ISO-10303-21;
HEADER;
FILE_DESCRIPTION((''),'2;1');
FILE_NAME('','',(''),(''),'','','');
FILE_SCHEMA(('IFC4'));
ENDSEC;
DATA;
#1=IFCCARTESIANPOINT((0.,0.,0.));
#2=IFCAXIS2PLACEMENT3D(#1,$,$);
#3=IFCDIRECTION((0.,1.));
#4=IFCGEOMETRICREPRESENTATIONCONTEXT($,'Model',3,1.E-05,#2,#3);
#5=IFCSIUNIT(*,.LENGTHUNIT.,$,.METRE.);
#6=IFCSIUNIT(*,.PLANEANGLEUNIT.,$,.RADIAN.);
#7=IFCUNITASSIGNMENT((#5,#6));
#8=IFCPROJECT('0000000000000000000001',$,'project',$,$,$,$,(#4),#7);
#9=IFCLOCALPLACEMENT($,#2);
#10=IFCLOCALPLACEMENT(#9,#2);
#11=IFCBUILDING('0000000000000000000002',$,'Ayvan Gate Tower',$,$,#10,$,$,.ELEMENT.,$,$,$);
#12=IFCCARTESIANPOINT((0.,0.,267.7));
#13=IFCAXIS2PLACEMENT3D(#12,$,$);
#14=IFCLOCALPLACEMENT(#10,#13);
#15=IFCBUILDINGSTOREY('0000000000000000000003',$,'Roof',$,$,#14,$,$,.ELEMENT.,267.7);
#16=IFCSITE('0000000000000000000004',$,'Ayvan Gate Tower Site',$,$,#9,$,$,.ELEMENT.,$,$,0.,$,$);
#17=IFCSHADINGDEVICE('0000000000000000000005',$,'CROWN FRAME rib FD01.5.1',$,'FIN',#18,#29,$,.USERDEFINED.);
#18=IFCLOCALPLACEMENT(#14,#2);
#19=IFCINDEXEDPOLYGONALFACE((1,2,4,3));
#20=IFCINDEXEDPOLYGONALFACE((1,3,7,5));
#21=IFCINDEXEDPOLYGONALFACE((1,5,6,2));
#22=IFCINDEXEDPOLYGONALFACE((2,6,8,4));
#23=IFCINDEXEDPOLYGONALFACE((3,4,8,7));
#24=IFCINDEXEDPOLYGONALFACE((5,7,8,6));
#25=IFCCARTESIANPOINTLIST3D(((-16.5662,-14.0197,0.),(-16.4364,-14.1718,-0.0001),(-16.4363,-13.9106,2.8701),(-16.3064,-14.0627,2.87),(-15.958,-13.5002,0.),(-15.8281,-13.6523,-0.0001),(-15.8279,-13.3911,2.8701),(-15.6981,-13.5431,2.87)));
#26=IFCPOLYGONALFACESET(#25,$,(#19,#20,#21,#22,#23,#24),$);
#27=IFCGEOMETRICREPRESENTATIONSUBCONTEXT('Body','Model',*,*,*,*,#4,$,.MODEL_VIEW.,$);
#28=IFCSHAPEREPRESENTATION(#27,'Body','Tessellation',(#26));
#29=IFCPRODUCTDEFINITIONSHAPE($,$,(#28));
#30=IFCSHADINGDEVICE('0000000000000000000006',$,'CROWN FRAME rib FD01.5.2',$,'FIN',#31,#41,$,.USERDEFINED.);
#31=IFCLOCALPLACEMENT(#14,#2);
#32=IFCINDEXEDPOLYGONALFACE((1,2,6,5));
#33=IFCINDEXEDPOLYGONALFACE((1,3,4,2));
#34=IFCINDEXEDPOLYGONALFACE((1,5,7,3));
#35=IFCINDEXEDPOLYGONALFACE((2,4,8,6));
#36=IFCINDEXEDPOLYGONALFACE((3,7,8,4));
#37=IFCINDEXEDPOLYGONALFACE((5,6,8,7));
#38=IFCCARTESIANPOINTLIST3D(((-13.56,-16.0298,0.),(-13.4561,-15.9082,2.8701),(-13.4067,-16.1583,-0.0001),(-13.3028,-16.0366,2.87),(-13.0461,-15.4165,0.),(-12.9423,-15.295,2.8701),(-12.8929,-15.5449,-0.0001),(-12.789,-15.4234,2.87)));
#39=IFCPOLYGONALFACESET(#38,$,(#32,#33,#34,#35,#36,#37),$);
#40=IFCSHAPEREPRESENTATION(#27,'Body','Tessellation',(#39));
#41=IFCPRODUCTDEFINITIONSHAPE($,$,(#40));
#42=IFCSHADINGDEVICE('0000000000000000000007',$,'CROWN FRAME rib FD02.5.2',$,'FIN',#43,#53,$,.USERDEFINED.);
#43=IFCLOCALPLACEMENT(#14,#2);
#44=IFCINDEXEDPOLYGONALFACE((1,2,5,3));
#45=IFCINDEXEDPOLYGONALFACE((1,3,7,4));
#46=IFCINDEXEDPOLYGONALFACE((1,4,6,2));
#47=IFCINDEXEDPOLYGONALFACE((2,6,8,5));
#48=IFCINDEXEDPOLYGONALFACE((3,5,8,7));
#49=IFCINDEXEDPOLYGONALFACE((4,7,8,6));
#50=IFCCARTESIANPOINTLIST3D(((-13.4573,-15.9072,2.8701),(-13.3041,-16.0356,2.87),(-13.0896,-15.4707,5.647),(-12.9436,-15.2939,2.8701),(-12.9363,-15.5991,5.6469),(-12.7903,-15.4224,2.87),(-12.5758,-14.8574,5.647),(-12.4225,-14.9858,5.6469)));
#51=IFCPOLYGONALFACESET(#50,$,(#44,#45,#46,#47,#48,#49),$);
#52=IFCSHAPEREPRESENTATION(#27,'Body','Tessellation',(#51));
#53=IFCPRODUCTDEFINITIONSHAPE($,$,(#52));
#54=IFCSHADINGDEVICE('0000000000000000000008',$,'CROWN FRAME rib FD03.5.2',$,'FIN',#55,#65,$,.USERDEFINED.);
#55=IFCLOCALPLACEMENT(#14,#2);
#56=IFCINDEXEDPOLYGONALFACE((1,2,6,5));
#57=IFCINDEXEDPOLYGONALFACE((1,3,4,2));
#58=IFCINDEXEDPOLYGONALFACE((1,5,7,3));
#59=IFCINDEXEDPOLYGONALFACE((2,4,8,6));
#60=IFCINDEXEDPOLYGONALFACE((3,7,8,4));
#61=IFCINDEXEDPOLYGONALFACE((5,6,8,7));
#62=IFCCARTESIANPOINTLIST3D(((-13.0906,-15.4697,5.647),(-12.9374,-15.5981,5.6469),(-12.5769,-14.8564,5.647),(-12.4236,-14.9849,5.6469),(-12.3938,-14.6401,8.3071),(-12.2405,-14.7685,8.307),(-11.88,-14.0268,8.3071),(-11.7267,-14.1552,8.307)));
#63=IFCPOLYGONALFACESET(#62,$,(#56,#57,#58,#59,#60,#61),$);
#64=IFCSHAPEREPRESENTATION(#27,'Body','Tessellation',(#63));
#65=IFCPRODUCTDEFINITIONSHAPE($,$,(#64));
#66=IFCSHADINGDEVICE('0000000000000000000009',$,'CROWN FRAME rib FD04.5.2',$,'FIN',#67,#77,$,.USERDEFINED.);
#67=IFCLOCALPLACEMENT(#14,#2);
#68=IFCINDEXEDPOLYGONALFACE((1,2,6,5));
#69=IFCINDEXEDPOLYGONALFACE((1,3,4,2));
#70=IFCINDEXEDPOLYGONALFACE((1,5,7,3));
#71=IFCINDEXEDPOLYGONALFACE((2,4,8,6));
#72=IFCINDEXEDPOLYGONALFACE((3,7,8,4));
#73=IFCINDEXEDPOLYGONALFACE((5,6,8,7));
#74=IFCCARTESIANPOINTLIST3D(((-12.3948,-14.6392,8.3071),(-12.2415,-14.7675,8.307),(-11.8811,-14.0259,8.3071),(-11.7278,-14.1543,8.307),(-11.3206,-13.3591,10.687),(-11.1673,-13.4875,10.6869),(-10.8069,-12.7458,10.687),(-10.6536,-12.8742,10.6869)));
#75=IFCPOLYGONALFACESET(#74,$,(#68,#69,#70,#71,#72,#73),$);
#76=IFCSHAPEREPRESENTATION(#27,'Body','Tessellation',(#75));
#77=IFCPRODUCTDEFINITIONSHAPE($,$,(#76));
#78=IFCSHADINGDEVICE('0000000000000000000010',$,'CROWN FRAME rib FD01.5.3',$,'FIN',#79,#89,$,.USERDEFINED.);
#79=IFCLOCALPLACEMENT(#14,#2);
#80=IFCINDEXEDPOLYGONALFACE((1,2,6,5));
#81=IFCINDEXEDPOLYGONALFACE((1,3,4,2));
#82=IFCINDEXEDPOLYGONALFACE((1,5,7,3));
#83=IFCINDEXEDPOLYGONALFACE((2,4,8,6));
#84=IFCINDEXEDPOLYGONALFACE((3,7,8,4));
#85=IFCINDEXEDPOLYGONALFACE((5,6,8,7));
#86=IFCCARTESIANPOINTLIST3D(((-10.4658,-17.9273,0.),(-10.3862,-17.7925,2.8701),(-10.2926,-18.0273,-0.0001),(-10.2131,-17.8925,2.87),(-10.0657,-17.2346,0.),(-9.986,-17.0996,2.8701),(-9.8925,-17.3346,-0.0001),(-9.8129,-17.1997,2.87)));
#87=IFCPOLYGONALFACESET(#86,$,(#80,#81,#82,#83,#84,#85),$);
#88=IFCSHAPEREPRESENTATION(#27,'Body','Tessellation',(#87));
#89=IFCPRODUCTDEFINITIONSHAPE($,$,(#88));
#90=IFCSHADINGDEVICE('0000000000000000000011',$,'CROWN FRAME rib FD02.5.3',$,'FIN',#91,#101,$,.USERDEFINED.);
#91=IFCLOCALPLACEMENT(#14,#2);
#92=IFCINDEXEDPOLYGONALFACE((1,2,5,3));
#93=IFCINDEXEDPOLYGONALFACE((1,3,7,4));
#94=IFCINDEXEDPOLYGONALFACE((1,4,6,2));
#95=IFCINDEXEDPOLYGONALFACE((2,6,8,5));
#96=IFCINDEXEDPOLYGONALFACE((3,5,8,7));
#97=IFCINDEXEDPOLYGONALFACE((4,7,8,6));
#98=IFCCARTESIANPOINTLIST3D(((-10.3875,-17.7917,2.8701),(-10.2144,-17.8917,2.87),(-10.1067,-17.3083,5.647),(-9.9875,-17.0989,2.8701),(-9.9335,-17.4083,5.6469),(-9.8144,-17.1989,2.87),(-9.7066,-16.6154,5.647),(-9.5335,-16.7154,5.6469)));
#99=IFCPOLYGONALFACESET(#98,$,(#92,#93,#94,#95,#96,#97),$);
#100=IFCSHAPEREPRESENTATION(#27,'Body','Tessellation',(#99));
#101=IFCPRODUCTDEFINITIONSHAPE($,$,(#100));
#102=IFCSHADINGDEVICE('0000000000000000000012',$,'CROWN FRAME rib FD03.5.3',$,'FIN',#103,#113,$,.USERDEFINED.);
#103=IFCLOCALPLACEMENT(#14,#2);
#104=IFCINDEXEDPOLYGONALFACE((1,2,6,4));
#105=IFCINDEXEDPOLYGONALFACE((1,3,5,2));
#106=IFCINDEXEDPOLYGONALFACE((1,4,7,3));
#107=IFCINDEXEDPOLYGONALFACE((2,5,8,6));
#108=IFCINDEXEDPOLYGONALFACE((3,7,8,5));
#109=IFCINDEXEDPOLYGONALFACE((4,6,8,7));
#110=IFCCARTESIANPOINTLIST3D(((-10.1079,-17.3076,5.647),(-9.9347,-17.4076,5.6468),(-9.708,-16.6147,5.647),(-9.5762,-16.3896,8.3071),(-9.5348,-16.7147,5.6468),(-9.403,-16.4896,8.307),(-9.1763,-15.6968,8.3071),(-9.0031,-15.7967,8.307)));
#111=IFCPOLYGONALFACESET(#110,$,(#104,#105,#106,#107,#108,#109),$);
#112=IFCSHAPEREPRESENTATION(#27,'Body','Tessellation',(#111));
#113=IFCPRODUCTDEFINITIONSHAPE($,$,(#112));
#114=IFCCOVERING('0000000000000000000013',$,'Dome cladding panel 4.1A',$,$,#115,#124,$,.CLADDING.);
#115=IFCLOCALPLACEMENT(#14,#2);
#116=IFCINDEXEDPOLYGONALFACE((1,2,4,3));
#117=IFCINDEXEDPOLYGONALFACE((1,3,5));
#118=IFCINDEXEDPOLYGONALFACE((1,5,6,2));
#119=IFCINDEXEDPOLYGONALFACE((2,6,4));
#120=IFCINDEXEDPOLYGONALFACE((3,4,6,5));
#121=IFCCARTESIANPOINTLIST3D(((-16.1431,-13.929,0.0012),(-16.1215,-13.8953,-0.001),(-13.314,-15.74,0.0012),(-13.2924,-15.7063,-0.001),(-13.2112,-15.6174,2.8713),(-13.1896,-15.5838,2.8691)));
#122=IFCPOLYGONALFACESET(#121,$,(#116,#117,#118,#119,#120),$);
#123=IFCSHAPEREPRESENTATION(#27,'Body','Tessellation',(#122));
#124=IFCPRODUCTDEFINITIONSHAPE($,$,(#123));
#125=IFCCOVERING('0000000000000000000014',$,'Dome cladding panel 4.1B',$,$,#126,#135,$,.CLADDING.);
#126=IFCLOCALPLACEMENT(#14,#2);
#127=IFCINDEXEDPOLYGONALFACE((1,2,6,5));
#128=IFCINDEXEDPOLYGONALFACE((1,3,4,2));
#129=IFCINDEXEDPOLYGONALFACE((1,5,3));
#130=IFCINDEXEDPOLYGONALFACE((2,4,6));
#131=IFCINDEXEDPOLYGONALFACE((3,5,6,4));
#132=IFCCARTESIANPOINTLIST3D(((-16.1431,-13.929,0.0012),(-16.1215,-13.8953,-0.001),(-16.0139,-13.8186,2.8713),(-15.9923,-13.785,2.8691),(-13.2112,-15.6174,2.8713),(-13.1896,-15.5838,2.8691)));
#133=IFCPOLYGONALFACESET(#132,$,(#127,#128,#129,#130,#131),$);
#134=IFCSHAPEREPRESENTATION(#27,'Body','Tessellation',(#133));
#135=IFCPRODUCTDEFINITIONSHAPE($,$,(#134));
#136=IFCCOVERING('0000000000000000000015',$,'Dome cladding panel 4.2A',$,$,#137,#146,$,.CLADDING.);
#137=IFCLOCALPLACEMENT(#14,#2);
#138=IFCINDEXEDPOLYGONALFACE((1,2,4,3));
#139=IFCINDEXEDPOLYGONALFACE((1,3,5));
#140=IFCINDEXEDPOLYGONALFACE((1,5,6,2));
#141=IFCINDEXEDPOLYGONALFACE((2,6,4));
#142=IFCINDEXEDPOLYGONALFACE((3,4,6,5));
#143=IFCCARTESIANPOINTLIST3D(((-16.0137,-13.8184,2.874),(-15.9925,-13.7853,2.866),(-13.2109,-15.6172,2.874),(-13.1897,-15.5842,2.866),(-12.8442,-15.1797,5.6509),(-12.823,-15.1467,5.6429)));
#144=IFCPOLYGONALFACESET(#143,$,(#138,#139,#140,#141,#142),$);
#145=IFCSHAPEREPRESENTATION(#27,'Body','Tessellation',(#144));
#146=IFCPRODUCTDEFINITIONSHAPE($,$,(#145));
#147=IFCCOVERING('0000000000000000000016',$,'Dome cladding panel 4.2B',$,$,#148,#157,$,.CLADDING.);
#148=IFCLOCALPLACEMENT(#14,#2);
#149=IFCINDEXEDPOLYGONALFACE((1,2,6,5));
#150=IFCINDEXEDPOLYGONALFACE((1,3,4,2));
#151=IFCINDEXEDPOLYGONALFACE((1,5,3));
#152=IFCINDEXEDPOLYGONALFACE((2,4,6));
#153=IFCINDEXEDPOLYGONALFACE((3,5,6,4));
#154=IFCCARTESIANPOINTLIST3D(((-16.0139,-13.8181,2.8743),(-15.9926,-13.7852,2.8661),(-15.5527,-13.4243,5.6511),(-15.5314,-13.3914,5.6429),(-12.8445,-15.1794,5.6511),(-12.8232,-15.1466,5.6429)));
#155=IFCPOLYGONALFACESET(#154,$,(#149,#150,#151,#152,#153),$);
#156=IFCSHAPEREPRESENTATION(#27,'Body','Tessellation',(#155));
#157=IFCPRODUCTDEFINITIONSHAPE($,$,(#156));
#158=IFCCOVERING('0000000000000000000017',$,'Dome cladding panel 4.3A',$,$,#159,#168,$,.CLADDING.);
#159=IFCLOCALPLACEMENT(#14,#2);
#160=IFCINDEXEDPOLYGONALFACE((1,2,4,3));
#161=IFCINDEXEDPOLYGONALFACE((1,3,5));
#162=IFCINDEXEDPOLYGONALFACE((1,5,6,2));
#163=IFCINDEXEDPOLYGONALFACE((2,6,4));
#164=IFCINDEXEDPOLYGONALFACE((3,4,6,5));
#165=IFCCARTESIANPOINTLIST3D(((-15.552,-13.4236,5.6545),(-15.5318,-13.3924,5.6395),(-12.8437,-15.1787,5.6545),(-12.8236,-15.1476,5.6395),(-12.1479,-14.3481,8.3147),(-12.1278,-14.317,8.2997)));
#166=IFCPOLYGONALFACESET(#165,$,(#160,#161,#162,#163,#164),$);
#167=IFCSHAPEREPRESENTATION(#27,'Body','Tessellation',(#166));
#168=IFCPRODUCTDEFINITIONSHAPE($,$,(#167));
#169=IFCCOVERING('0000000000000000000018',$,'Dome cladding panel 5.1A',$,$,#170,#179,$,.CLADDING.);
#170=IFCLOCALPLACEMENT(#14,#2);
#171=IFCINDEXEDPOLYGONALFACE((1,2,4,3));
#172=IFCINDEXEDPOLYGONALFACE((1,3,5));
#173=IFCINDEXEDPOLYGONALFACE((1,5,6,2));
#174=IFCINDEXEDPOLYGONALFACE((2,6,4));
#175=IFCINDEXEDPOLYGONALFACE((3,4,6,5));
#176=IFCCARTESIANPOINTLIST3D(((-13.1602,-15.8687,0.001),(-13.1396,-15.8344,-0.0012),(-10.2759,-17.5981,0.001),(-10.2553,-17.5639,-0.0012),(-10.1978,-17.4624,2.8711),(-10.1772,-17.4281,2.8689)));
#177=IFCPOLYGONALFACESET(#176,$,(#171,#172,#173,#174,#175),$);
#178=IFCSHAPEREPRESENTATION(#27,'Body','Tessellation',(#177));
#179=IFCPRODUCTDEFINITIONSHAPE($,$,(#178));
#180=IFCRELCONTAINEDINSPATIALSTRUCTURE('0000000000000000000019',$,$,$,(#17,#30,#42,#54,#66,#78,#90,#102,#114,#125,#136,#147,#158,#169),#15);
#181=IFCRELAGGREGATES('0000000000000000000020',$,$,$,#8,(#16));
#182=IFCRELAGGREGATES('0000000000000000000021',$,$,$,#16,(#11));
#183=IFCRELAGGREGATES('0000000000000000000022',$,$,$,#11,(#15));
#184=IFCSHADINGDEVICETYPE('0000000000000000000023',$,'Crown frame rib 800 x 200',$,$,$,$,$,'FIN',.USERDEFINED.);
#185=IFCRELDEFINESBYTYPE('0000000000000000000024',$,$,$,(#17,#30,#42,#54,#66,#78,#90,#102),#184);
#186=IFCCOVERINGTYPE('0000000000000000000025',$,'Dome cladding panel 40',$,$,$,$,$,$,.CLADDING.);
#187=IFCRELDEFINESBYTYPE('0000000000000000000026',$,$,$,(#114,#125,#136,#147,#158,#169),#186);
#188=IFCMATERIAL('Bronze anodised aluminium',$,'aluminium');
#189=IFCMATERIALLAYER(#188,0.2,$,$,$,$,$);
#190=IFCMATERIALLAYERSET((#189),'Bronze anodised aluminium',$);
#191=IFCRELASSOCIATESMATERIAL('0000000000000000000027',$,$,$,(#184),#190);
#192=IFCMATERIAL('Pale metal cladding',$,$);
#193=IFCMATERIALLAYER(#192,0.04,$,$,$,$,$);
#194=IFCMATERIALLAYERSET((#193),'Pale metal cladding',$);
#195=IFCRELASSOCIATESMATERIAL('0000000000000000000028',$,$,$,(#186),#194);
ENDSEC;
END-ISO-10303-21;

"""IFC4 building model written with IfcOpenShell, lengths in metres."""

from ifc_helpers import new_model, si_unit, direction, frame, origin, place, context, subcontext, project, spatial, polyline, outline, extrude, material, layer, layer_set, type_object, element, save


model = new_model("IFC4")

# Units and contexts
model_context = context("Model", 3, precision=1e-05, world=origin(), true_north=direction((0.0, 1.0)))
body_context = subcontext(model_context, "Body", "Model", "MODEL_VIEW")
ifc_project = project(units=[si_unit("LENGTHUNIT", "METRE"), si_unit("PLANEANGLEUNIT", "RADIAN")], contexts=[model_context])

# Site, building, storey
site_placement = place(None, origin())
site = spatial("IfcSite", under=ifc_project, at=site_placement, Name="Ayvan Gate Tower Site", CompositionType="ELEMENT", RefElevation=0.0)
building_placement = place(site_placement, origin())
building = spatial("IfcBuilding", under=site, at=building_placement, Name="Ayvan Gate Tower", CompositionType="ELEMENT")
storey_placement = place(building_placement, frame((0.0, 0.0, 267.7)))
storey = spatial("IfcBuildingStorey", under=building, at=storey_placement, Name="Roof", CompositionType="ELEMENT", Elevation=267.7)

# Shading devices
ifc_material_1 = material(Name="Bronze anodised aluminium", Category="aluminium")
ifc_layer_1 = layer(ifc_material_1, 0.2)
ifc_layer_set_1 = layer_set([ifc_layer_1], Name="Bronze anodised aluminium")
shading_device_type = type_object("IfcShadingDeviceType", Name="Crown frame rib 800 x 200", ElementType="FIN", PredefinedType="USERDEFINED", material=ifc_layer_set_1)
shading_device_1_placement = place(storey_placement, frame((-15.958, -13.5002, 0.0), z_axis=(-0.649458, 0.760397, 0.000505), x_axis=(-0.760397, -0.649458, 0.0)))
element("IfcShadingDevice", 1, at=shading_device_1_placement, inside=storey, type_object=shading_device_type, Name="CROWN FRAME rib FD01.5.1", ObjectType="FIN", PredefinedType="USERDEFINED", context=body_context, shape_type="SweptSolid", body=[
    extrude(outline(polyline([(0.0, 0.0), (0.7999, 0.0), (0.6302, 2.8701), (-0.1698, 2.8701), (0.0, 0.0)])), origin(), (0.0, 0.0, -1.0), 0.2),
])
shading_device_2_placement = place(storey_placement, frame((-13.0461, -15.4165, 0.0), z_axis=(-0.766543, 0.642193, 0.00054), x_axis=(-0.642193, -0.766543, 0.0)))
element("IfcShadingDevice", 2, at=shading_device_2_placement, inside=storey, type_object=shading_device_type, Name="CROWN FRAME rib FD01.5.2", ObjectType="FIN", PredefinedType="USERDEFINED", context=body_context, shape_type="SweptSolid", body=[
    extrude(outline(polyline([(0.0, 0.0), (0.8001, 0.0), (0.6402, 2.8701), (-0.1598, 2.8701), (0.0, 0.0)])), origin(), (0.0, 0.0, -1.0), 0.2),
])
shading_device_3_placement = place(storey_placement, frame((-12.9436, -15.2939, 2.8701), z_axis=(-0.766543, 0.642193, 0.000576), x_axis=(-0.642193, -0.766543, 0.0)))
element("IfcShadingDevice", 3, at=shading_device_3_placement, inside=storey, type_object=shading_device_type, Name="CROWN FRAME rib FD02.5.2", ObjectType="FIN", PredefinedType="USERDEFINED", context=body_context, shape_type="SweptSolid", body=[
    extrude(outline(polyline([(0.0, 0.0), (0.8, 0.0), (0.2293, 2.7769), (-0.5709, 2.7769), (0.0, 0.0)])), origin(), (0.0, 0.0, -1.0), 0.2),
])
shading_device_4_placement = place(storey_placement, frame((-12.5769, -14.8564, 5.647), z_axis=(-0.766543, 0.642193, 0.000544), x_axis=(-0.642193, -0.766543, 0.0)))
element("IfcShadingDevice", 4, at=shading_device_4_placement, inside=storey, type_object=shading_device_type, Name="CROWN FRAME rib FD03.5.2", ObjectType="FIN", PredefinedType="USERDEFINED", context=body_context, shape_type="SweptSolid", body=[
    extrude(outline(polyline([(0.0, 0.0), (0.8, 0.0), (-0.2834, 2.6602), (-1.0835, 2.6602), (0.0, 0.0)])), origin(), (0.0, 0.0, -1.0), 0.2),
])
shading_device_5_placement = place(storey_placement, frame((-11.8811, -14.0259, 8.3071), z_axis=(-0.766618, 0.642103, 0.000674), x_axis=(-0.642104, -0.766618, 0.0)))
element("IfcShadingDevice", 5, at=shading_device_5_placement, inside=storey, type_object=shading_device_type, Name="CROWN FRAME rib FD04.5.2", ObjectType="FIN", PredefinedType="USERDEFINED", context=body_context, shape_type="SweptSolid", body=[
    extrude(outline(polyline([(0.0, 0.0), (0.8, 0.0), (-0.8711, 2.3799), (-1.6711, 2.3799), (0.0, 0.0)])), origin(), (0.0, 0.0, -1.0), 0.2),
])
shading_device_6_placement = place(storey_placement, frame((-10.0657, -17.2346, 0.0), z_axis=(-0.865924, 0.500176, 0.000506), x_axis=(-0.500176, -0.865924, 0.0)))
element("IfcShadingDevice", 6, at=shading_device_6_placement, inside=storey, type_object=shading_device_type, Name="CROWN FRAME rib FD01.5.3", ObjectType="FIN", PredefinedType="USERDEFINED", context=body_context, shape_type="SweptSolid", body=[
    extrude(outline(polyline([(0.0, 0.0), (0.7999, 0.0), (0.6434, 2.8701), (-0.1567, 2.8701), (0.0, 0.0)])), origin(), (0.0, 0.0, -1.0), 0.2),
])
shading_device_7_placement = place(storey_placement, frame((-9.9875, -17.0989, 2.8701), z_axis=(-0.866028, 0.499995, 0.00056), x_axis=(-0.499995, -0.866028, 0.0)))
element("IfcShadingDevice", 7, at=shading_device_7_placement, inside=storey, type_object=shading_device_type, Name="CROWN FRAME rib FD02.5.3", ObjectType="FIN", PredefinedType="USERDEFINED", context=body_context, shape_type="SweptSolid", body=[
    extrude(outline(polyline([(0.0, 0.0), (0.8, 0.0), (0.241, 2.7769), (-0.5591, 2.7769), (0.0, 0.0)])), origin(), (0.0, 0.0, -1.0), 0.2),
])
shading_device_8_placement = place(storey_placement, frame((-9.708, -16.6147, 5.647), z_axis=(-0.866094, 0.499881, 0.000624), x_axis=(-0.499881, -0.866094, 0.0)))
element("IfcShadingDevice", 8, at=shading_device_8_placement, inside=storey, type_object=shading_device_type, Name="CROWN FRAME rib FD03.5.3", ObjectType="FIN", PredefinedType="USERDEFINED", context=body_context, shape_type="SweptSolid", body=[
    extrude(outline(polyline([(0.0, 0.0), (0.8, 0.0), (-0.2609, 2.6602), (-1.0609, 2.6602), (0.0, 0.0)])), origin(), (0.0, 0.0, -1.0), 0.2),
])

# Coverings
ifc_material_2 = material(Name="Pale metal cladding")
ifc_layer_2 = layer(ifc_material_2, 0.04)
ifc_layer_set_2 = layer_set([ifc_layer_2], Name="Pale metal cladding")
covering_type = type_object("IfcCoveringType", Name="Dome cladding panel 40", PredefinedType="CLADDING", material=ifc_layer_set_2)
covering_1_placement = place(storey_placement, frame((-16.1431, -13.929, 0.0012), z_axis=(-0.538319, -0.840932, 0.055187), x_axis=(0.842216, -0.53914, 0.0)))
element("IfcCovering", 9, at=covering_1_placement, inside=storey, type_object=covering_type, Name="Dome cladding panel 4.1A", PredefinedType="CLADDING", context=body_context, shape_type="SweptSolid", body=[
    extrude(outline(polyline([(0.0, 0.0), (3.3591, 0.0), (3.3796, 2.8745), (0.0, 0.0)])), origin(), (0.0, 0.0, -1.0), 0.04),
])
covering_2_placement = place(storey_placement, frame((-16.1431, -13.929, 0.0012), z_axis=(-0.53927, -0.840231, 0.056572), x_axis=(0.660823, -0.380569, 0.646901)))
element("IfcCovering", 10, at=covering_2_placement, inside=storey, type_object=covering_type, Name="Dome cladding panel 4.1B", PredefinedType="CLADDING", context=body_context, shape_type="SweptSolid", body=[
    extrude(outline(polyline([(0.0, 0.0), (4.4367, 0.0), (1.9, 2.1578), (0.0, 0.0)])), origin(), (0.0, 0.0, -1.0), 0.04),
])
covering_3_placement = place(storey_placement, frame((-16.0137, -13.8184, 2.874), z_axis=(-0.529243, -0.824608, 0.199808), x_axis=(0.841578, -0.540135, 0.0)))
element("IfcCovering", 11, at=covering_3_placement, inside=storey, type_object=covering_type, Name="Dome cladding panel 4.2A", PredefinedType="CLADDING", context=body_context, shape_type="SweptSolid", body=[
    extrude(outline(polyline([(0.0, 0.0), (3.3303, 0.0), (3.4026, 2.834), (0.0, 0.0)])), origin(), (0.0, 0.0, -1.0), 0.04),
])
covering_4_placement = place(storey_placement, frame((-16.0139, -13.8181, 2.8743), z_axis=(-0.532309, -0.821381, 0.20489), x_axis=(0.71573, -0.307419, 0.627077)))
element("IfcCovering", 12, at=covering_4_placement, inside=storey, type_object=covering_type, Name="Dome cladding panel 4.2B", PredefinedType="CLADDING", context=body_context, shape_type="SweptSolid", body=[
    extrude(outline(polyline([(0.0, 0.0), (4.4283, 0.0), (1.9503, 2.0676), (0.0, 0.0)])), origin(), (0.0, 0.0, -1.0), 0.04),
])
covering_5_placement = place(storey_placement, frame((-15.552, -13.4236, 5.6545), z_axis=(-0.504204, -0.778014, 0.374797), x_axis=(0.839184, -0.543847, 0.0)))
element("IfcCovering", 13, at=covering_5_placement, inside=storey, type_object=covering_type, Name="Dome cladding panel 4.3A", PredefinedType="CLADDING", context=body_context, shape_type="SweptSolid", body=[
    extrude(outline(polyline([(0.0, 0.0), (3.2272, 0.0), (3.3594, 2.8693), (0.0, 0.0)])), origin(), (0.0, 0.0, -1.0), 0.04),
])
covering_6_placement = place(storey_placement, frame((-13.1602, -15.8687, 0.001), z_axis=(-0.513497, -0.85636, 0.054479), x_axis=(0.857634, -0.514261, 0.0)))
element("IfcCovering", 14, at=covering_6_placement, inside=storey, type_object=covering_type, Name="Dome cladding panel 5.1A", PredefinedType="CLADDING", context=body_context, shape_type="SweptSolid", body=[
    extrude(outline(polyline([(0.0, 0.0), (3.3631, 0.0), (3.3603, 2.8744), (0.0, 0.0)])), origin(), (0.0, 0.0, -1.0), 0.04),
])

save(model, "model.ifc")
